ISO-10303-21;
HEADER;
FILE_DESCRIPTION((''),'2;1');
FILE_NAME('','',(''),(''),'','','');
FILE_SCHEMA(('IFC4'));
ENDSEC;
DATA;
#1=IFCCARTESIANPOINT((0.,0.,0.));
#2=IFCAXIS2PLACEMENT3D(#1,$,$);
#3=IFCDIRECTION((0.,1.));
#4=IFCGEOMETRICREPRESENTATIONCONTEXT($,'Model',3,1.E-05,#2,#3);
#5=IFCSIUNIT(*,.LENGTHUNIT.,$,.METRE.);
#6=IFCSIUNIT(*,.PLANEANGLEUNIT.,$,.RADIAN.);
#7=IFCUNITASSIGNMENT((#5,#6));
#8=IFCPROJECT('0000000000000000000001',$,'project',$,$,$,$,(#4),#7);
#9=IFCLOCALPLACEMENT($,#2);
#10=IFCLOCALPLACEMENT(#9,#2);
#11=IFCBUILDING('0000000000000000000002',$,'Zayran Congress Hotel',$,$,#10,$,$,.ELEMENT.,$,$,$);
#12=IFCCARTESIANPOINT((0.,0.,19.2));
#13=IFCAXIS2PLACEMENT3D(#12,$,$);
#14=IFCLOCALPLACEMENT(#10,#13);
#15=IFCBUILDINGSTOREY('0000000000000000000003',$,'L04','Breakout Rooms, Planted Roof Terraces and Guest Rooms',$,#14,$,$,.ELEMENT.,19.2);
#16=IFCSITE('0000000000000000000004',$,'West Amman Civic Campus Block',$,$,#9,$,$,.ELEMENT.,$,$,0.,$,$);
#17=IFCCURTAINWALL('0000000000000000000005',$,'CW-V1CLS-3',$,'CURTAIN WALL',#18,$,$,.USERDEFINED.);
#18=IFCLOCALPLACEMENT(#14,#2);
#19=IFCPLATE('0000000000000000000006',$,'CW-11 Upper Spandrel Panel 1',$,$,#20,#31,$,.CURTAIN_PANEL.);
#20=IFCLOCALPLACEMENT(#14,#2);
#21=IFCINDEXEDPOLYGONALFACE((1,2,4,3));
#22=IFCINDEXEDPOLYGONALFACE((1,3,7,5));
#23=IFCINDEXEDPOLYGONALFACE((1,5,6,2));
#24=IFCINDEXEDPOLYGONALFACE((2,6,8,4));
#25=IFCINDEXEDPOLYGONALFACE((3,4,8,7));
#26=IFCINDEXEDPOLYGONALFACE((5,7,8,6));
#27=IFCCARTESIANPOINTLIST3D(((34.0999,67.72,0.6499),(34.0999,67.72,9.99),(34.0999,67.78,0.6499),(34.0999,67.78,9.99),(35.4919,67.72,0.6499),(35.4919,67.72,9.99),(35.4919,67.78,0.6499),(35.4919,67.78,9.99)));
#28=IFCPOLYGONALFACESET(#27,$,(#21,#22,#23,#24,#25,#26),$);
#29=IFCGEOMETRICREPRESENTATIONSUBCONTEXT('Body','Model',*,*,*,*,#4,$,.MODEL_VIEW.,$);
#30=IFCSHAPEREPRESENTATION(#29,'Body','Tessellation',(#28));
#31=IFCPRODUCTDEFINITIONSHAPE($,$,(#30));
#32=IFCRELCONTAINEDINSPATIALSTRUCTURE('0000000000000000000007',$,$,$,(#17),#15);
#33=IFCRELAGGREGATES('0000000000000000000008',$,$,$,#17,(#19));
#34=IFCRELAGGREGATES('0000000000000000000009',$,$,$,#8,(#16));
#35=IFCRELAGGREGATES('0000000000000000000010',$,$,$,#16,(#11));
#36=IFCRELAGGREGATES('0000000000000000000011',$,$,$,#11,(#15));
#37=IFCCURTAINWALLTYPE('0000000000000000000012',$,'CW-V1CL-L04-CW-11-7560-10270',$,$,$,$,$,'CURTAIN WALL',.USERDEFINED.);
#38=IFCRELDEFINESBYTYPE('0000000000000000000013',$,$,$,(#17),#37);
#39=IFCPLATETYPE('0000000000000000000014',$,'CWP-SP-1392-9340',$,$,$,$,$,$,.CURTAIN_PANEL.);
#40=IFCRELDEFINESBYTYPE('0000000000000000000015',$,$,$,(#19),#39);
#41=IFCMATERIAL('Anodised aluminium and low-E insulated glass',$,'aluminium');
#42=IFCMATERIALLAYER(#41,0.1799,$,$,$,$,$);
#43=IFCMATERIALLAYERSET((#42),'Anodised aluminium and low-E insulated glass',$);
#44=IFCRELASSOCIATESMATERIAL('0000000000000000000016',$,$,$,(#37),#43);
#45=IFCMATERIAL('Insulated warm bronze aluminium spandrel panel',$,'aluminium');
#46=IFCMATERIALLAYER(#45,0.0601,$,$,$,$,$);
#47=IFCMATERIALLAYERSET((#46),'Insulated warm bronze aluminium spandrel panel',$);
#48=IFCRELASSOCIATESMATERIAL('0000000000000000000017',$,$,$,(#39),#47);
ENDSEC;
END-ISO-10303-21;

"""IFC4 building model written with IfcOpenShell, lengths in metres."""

from ifc_helpers import new_model, si_unit, direction, frame, origin, origin_2d, place, context, subcontext, project, spatial, rectangle, extrude, material, layer, layer_set, type_object, element, aggregate, save


model = new_model("IFC4")

# Units and contexts
model_context = context("Model", 3, precision=1e-05, world=origin(), true_north=direction((0.0, 1.0)))
body_context = subcontext(model_context, "Body", "Model", "MODEL_VIEW")
ifc_project = project(units=[si_unit("LENGTHUNIT", "METRE"), si_unit("PLANEANGLEUNIT", "RADIAN")], contexts=[model_context])

# Site, building, storey
site_placement = place(None, origin())
site = spatial("IfcSite", under=ifc_project, at=site_placement, Name="West Amman Civic Campus Block", CompositionType="ELEMENT", RefElevation=0.0)
building_placement = place(site_placement, origin())
building = spatial("IfcBuilding", under=site, at=building_placement, Name="Zayran Congress Hotel", CompositionType="ELEMENT")
storey_placement = place(building_placement, frame((0.0, 0.0, 19.2)))
storey = spatial("IfcBuildingStorey", under=building, at=storey_placement, Name="L04", Description="Breakout Rooms, Planted Roof Terraces and Guest Rooms", CompositionType="ELEMENT", Elevation=19.2)

# Curtain wall
ifc_material_1 = material(Name="Anodised aluminium and low-E insulated glass", Category="aluminium")
ifc_layer_1 = layer(ifc_material_1, 0.1799)
ifc_layer_set_1 = layer_set([ifc_layer_1], Name="Anodised aluminium and low-E insulated glass")
curtain_wall_type_1 = type_object("IfcCurtainWallType", Name="CW-V1CL-L04-CW-11-7560-10270", ElementType="CURTAIN WALL", PredefinedType="USERDEFINED", material=ifc_layer_set_1)
curtain_wall_1_placement = place(storey_placement, origin())
curtain_wall_1 = element("IfcCurtainWall", 1, at=curtain_wall_1_placement, inside=storey, type_object=curtain_wall_type_1, Name="CW-V1CLS-3", ObjectType="CURTAIN WALL", PredefinedType="USERDEFINED")

# Plate
ifc_material_2 = material(Name="Insulated warm bronze aluminium spandrel panel", Category="aluminium")
ifc_layer_2 = layer(ifc_material_2, 0.0601)
ifc_layer_set_2 = layer_set([ifc_layer_2], Name="Insulated warm bronze aluminium spandrel panel")
plate_type_1 = type_object("IfcPlateType", Name="CWP-SP-1392-9340", PredefinedType="CURTAIN_PANEL", material=ifc_layer_set_2)
plate_1_placement = place(storey_placement, frame((34.7959, 67.75, 0.6499), z_axis=(0.0, 0.0, 1.0), x_axis=(1.0, 0.0, 0.0)))
plate_1 = element("IfcPlate", 2, at=plate_1_placement, type_object=plate_type_1, Name="CW-11 Upper Spandrel Panel 1", PredefinedType="CURTAIN_PANEL", context=body_context, shape_type="SweptSolid", body=[
    extrude(rectangle(XDim=1.3921, YDim=0.0601, at=origin_2d()), origin(), (0.0, 0.0, 1.0), 9.3401),
])
aggregate(curtain_wall_1, [plate_1])

save(model, "model.ifc")
